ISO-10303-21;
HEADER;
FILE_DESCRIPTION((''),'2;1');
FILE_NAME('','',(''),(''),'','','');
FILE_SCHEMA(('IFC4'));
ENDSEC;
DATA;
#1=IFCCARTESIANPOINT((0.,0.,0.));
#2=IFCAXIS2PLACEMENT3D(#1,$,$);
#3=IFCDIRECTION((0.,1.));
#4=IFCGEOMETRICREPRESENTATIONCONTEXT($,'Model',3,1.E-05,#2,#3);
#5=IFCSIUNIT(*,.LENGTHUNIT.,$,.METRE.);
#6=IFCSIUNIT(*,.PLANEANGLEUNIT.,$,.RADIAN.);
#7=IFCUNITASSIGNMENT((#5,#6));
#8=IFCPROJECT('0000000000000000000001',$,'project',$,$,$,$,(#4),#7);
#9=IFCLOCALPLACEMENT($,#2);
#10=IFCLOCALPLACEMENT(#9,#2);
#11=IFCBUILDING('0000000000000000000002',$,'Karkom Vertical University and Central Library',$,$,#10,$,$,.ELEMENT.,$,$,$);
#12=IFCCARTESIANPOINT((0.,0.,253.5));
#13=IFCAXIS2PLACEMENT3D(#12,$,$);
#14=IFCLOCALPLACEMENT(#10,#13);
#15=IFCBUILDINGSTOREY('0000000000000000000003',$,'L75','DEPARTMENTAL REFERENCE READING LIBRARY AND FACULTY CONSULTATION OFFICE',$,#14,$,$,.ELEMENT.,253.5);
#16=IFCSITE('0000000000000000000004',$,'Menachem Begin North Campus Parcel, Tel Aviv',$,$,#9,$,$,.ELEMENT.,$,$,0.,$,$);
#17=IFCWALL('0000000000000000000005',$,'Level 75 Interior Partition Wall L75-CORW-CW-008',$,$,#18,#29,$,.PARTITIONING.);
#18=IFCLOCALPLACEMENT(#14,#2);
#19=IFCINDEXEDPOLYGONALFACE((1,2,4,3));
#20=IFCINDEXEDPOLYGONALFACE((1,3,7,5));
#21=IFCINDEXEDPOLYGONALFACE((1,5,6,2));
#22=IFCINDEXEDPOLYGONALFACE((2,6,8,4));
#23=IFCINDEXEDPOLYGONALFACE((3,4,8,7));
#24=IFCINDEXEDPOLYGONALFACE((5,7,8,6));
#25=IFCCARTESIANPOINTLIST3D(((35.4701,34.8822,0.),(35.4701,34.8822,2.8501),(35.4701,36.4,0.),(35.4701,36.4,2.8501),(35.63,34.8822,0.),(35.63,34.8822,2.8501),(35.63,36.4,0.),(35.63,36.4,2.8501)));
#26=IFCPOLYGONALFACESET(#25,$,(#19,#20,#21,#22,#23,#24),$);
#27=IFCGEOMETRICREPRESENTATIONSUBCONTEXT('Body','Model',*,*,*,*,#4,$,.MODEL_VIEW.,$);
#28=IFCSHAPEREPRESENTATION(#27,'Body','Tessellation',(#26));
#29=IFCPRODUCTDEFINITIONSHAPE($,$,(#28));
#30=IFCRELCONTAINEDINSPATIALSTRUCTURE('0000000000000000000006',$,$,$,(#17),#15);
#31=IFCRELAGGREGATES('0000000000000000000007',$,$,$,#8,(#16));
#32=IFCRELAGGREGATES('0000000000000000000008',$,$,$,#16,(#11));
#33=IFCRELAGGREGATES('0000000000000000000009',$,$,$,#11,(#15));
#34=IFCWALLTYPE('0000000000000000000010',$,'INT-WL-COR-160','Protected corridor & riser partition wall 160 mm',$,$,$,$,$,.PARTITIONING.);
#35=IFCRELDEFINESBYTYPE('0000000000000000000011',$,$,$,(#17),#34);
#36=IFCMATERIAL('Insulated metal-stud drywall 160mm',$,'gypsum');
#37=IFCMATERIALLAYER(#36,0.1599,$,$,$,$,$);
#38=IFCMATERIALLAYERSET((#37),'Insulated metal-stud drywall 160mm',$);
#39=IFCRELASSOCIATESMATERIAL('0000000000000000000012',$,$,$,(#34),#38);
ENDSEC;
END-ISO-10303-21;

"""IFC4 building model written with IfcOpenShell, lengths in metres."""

from ifc_helpers import new_model, si_unit, direction, frame, frame_2d, origin, place, context, subcontext, project, spatial, rectangle, extrude, material, layer, layer_set, type_object, element, save


model = new_model("IFC4")

# Units and contexts
model_context = context("Model", 3, precision=1e-05, world=origin(), true_north=direction((0.0, 1.0)))
body_context = subcontext(model_context, "Body", "Model", "MODEL_VIEW")
ifc_project = project(units=[si_unit("LENGTHUNIT", "METRE"), si_unit("PLANEANGLEUNIT", "RADIAN")], contexts=[model_context])

# Site, building, storey
site_placement = place(None, origin())
site = spatial("IfcSite", under=ifc_project, at=site_placement, Name="Menachem Begin North Campus Parcel, Tel Aviv", CompositionType="ELEMENT", RefElevation=0.0)
building_placement = place(site_placement, origin())
building = spatial("IfcBuilding", under=site, at=building_placement, Name="Karkom Vertical University and Central Library", CompositionType="ELEMENT")
storey_placement = place(building_placement, frame((0.0, 0.0, 253.5)))
storey = spatial("IfcBuildingStorey", under=building, at=storey_placement, Name="L75", Description="DEPARTMENTAL REFERENCE READING LIBRARY AND FACULTY CONSULTATION OFFICE", CompositionType="ELEMENT", Elevation=253.5)

# Shared definitions
ifc_material_1 = material(Name="Insulated metal-stud drywall 160mm", Category="gypsum")
ifc_layer_1 = layer(ifc_material_1, 0.1599)
ifc_layer_set_1 = layer_set([ifc_layer_1], Name="Insulated metal-stud drywall 160mm")
wall_type_1 = type_object("IfcWallType", Name="INT-WL-COR-160", Description="Protected corridor & riser partition wall 160 mm", PredefinedType="PARTITIONING", material=ifc_layer_set_1)

# Wall
wall_1_placement = place(storey_placement, frame((35.55, 36.3999, 0.0), z_axis=(0.0, 0.0, 1.0), x_axis=(0.0, -1.0, 0.0)))
element("IfcWall", 1, at=wall_1_placement, inside=storey, type_object=wall_type_1, Name="Level 75 Interior Partition Wall L75-CORW-CW-008", PredefinedType="PARTITIONING", context=body_context, shape_type="SweptSolid", body=[
    extrude(rectangle(XDim=1.5178, YDim=0.1599, at=frame_2d((0.7588, 0.0))), origin(), (0.0, 0.0, 1.0), 2.8501),
])

save(model, "model.ifc")
